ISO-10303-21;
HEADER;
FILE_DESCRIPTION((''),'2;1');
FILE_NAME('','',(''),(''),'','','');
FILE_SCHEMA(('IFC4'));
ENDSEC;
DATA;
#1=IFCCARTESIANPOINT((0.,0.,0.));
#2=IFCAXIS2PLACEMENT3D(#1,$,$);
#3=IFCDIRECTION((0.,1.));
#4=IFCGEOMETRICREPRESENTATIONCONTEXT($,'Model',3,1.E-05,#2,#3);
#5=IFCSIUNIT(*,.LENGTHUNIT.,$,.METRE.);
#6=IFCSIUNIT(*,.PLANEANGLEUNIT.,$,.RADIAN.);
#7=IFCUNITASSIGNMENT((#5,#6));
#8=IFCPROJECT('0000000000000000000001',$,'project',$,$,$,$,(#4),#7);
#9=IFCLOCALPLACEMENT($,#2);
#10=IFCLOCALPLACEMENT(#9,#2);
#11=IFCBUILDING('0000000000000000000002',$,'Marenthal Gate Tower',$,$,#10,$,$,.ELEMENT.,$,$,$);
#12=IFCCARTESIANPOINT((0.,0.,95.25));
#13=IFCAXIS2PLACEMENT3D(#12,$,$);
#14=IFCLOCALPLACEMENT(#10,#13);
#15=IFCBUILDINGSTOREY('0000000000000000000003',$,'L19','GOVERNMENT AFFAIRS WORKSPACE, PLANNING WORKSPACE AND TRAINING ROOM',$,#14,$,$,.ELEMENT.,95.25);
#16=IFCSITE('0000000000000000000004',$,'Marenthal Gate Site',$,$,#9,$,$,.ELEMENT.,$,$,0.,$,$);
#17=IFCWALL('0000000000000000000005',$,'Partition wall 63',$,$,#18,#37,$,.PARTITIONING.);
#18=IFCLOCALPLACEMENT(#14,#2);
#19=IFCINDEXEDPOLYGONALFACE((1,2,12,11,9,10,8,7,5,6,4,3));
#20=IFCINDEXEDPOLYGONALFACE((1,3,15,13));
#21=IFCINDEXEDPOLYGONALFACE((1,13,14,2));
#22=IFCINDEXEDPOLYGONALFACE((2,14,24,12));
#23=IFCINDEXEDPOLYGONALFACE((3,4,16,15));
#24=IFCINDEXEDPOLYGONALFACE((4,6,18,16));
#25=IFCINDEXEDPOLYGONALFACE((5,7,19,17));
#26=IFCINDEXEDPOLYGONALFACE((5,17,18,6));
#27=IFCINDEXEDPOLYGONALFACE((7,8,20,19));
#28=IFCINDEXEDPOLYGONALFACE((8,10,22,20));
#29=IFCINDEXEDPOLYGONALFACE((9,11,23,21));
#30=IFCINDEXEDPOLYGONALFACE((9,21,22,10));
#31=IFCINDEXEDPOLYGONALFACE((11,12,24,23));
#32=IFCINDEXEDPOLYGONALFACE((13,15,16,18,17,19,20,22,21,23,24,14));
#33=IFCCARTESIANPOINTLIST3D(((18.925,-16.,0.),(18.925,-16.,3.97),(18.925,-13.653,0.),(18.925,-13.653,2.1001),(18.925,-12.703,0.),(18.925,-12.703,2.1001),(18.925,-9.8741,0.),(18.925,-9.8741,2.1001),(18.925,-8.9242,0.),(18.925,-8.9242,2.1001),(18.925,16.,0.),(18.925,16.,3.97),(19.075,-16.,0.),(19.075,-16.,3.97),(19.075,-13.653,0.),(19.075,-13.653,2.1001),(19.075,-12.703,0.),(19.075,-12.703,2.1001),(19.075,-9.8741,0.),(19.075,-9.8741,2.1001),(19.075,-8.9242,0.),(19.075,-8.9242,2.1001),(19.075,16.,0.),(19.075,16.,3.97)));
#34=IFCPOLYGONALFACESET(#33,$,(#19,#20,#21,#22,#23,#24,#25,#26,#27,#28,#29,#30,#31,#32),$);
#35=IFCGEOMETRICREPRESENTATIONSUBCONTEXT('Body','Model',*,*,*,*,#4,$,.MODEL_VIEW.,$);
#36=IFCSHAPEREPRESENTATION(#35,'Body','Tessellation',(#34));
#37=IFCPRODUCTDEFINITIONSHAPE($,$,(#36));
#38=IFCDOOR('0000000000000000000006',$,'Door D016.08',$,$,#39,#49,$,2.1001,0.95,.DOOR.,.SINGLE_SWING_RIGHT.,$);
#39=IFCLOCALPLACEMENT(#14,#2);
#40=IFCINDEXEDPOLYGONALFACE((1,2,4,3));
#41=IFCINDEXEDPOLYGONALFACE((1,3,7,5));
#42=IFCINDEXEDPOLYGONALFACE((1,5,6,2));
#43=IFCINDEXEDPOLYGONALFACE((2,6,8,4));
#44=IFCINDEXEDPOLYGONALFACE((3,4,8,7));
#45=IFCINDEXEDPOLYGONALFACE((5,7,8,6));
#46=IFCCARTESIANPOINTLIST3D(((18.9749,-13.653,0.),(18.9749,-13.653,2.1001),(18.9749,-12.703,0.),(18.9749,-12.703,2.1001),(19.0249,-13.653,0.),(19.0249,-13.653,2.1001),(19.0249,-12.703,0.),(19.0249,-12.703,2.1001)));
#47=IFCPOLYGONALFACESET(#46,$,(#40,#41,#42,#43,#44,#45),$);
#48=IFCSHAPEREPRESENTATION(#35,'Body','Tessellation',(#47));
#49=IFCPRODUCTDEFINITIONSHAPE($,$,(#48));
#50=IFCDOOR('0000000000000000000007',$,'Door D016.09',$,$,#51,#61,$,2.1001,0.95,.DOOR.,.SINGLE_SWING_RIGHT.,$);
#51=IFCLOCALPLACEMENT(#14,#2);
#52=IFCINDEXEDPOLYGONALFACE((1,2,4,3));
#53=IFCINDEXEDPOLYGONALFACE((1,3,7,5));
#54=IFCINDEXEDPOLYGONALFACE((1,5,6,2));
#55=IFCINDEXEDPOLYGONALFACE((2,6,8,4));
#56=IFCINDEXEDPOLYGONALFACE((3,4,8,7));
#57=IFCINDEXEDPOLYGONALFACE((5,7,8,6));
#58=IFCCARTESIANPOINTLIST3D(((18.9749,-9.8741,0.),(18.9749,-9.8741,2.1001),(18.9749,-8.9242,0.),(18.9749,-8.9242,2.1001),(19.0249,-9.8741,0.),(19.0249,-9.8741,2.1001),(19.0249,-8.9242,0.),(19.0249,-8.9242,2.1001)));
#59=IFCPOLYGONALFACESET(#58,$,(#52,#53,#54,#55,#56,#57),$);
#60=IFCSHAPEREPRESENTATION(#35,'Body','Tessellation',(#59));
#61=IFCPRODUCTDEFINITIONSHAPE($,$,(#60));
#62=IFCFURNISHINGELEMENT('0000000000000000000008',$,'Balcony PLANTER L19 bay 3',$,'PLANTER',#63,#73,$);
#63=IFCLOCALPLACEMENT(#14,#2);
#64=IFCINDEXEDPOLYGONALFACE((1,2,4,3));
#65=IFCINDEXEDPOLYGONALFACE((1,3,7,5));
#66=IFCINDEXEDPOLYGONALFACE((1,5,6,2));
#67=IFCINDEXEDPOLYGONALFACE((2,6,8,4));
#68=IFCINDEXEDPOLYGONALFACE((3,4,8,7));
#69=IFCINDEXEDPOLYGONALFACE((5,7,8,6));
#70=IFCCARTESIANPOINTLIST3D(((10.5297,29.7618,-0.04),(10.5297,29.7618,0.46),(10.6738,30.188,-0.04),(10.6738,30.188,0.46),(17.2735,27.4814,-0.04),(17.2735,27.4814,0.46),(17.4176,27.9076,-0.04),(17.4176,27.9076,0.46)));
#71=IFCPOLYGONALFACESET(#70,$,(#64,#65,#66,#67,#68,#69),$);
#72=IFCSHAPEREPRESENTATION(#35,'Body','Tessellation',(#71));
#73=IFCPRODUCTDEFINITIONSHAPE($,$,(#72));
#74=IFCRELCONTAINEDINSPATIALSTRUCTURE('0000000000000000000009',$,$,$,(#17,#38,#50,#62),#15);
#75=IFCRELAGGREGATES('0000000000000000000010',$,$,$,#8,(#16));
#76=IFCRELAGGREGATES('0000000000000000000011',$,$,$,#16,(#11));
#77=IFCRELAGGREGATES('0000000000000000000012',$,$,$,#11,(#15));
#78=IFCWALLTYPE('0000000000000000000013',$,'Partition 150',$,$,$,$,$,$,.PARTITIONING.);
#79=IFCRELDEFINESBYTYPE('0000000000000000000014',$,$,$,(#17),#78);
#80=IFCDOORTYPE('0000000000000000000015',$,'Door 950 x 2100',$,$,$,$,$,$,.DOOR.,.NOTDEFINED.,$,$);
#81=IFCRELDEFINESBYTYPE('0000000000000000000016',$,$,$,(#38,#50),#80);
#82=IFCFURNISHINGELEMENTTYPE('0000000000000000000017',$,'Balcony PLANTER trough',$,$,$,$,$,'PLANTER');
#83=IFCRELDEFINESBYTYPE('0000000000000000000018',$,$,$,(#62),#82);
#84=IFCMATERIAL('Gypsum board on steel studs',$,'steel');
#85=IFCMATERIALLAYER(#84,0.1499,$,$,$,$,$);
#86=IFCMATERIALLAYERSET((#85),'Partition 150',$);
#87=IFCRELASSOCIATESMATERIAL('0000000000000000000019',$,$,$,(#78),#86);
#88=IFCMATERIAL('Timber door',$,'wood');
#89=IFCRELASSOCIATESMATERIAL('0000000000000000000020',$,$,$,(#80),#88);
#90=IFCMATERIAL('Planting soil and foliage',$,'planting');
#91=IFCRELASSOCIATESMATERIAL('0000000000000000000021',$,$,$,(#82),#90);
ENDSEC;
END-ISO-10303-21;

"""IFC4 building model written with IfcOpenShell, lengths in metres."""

from ifc_helpers import new_model, si_unit, direction, frame, frame_2d, origin, origin_2d, place, context, subcontext, project, spatial, rectangle, extrude, material, layer, layer_set, type_object, element, fill, save


model = new_model("IFC4")

# Units and contexts
model_context = context("Model", 3, precision=1e-05, world=origin(), true_north=direction((0.0, 1.0)))
body_context = subcontext(model_context, "Body", "Model", "MODEL_VIEW")
ifc_project = project(units=[si_unit("LENGTHUNIT", "METRE"), si_unit("PLANEANGLEUNIT", "RADIAN")], contexts=[model_context])

# Site, building, storey
site_placement = place(None, origin())
site = spatial("IfcSite", under=ifc_project, at=site_placement, Name="Marenthal Gate Site", CompositionType="ELEMENT", RefElevation=0.0)
building_placement = place(site_placement, origin())
building = spatial("IfcBuilding", under=site, at=building_placement, Name="Marenthal Gate Tower", CompositionType="ELEMENT")
storey_placement = place(building_placement, frame((0.0, 0.0, 95.25)))
storey = spatial("IfcBuildingStorey", under=building, at=storey_placement, Name="L19", Description="GOVERNMENT AFFAIRS WORKSPACE, PLANNING WORKSPACE AND TRAINING ROOM", CompositionType="ELEMENT", Elevation=95.25)

# Wall, openings, doors
ifc_material_1 = material(Name="Gypsum board on steel studs", Category="steel")
ifc_layer_1 = layer(ifc_material_1, 0.1499)
ifc_layer_set_1 = layer_set([ifc_layer_1], Name="Partition 150")
wall_type_1 = type_object("IfcWallType", Name="Partition 150", PredefinedType="PARTITIONING", material=ifc_layer_set_1)
wall_1_placement = place(storey_placement, frame((19.0, 16.0, 0.0), z_axis=(0.0, 0.0, 1.0), x_axis=(0.0, -1.0, 0.0)))
wall_1 = element("IfcWall", 1, at=wall_1_placement, inside=storey, type_object=wall_type_1, Name="Partition wall 63", PredefinedType="PARTITIONING", context=body_context, shape_type="SweptSolid", body=[
    extrude(rectangle(XDim=32.0, YDim=0.1499, at=frame_2d((16.0, 0.0))), origin(), (0.0, 0.0, 1.0), 3.97),
])
opening_1_placement = place(wall_1_placement, frame((28.7029, 0.0, 0.0)))
opening_1 = element("IfcOpeningElement", 2, at=opening_1_placement, cuts=wall_1, PredefinedType="OPENING", context=body_context, shape_type="SweptSolid", body=[
    extrude(rectangle(XDim=0.95, YDim=2.1001, at=frame_2d((0.4751, 1.05))), frame((0.0, 0.085, 0.0), z_axis=(0.0, -1.0, 0.0), x_axis=(1.0, 0.0, 0.0)), (0.0, 0.0, 1.0), 0.1699),
])
opening_2_placement = place(wall_1_placement, frame((24.9241, 0.0, 0.0)))
opening_2 = element("IfcOpeningElement", 3, at=opening_2_placement, cuts=wall_1, PredefinedType="OPENING", context=body_context, shape_type="SweptSolid", body=[
    extrude(rectangle(XDim=0.95, YDim=2.1001, at=frame_2d((0.4751, 1.05))), frame((0.0, 0.085, 0.0), z_axis=(0.0, -1.0, 0.0), x_axis=(1.0, 0.0, 0.0)), (0.0, 0.0, 1.0), 0.1699),
])
ifc_material_2 = material(Name="Timber door", Category="wood")
door_type_1 = type_object("IfcDoorType", Name="Door 950 x 2100", OperationType="NOTDEFINED", PredefinedType="DOOR", material=ifc_material_2)
door_1_placement = place(opening_1_placement, origin())
door_1 = element("IfcDoor", 4, at=door_1_placement, inside=storey, type_object=door_type_1, Name="Door D016.08", OperationType="SINGLE_SWING_RIGHT", OverallHeight=2.1001, OverallWidth=0.95, PredefinedType="DOOR", context=body_context, shape_type="SweptSolid", body=[
    extrude(rectangle(XDim=0.95, YDim=2.1001, at=frame_2d((0.4751, 1.05))), frame((0.0, 0.0249, 0.0), z_axis=(0.0, -1.0, 0.0), x_axis=(1.0, 0.0, 0.0)), (0.0, 0.0, 1.0), 0.05),
])
fill(opening_1, door_1)
door_2_placement = place(opening_2_placement, origin())
door_2 = element("IfcDoor", 5, at=door_2_placement, inside=storey, type_object=door_type_1, Name="Door D016.09", OperationType="SINGLE_SWING_RIGHT", OverallHeight=2.1001, OverallWidth=0.95, PredefinedType="DOOR", context=body_context, shape_type="SweptSolid", body=[
    extrude(rectangle(XDim=0.95, YDim=2.1001, at=frame_2d((0.4751, 1.05))), frame((0.0, 0.0249, 0.0), z_axis=(0.0, -1.0, 0.0), x_axis=(1.0, 0.0, 0.0)), (0.0, 0.0, 1.0), 0.05),
])
fill(opening_2, door_2)

# Furnishing element
ifc_material_3 = material(Name="Planting soil and foliage", Category="planting")
furnishing_element_type = type_object("IfcFurnishingElementType", Name="Balcony PLANTER trough", ElementType="PLANTER", material=ifc_material_3)
furnishing_placement = place(storey_placement, frame((13.9736, 28.8347, -0.04), z_axis=(0.0, 0.0, 1.0), x_axis=(-0.947307, 0.320328, 0.0)))
element("IfcFurnishingElement", 6, at=furnishing_placement, inside=storey, type_object=furnishing_element_type, Name="Balcony PLANTER L19 bay 3", ObjectType="PLANTER", context=body_context, shape_type="SweptSolid", body=[
    extrude(rectangle(XDim=7.1189, YDim=0.45, at=origin_2d()), origin(), (0.0, 0.0, 1.0), 0.5),
])

save(model, "model.ifc")
